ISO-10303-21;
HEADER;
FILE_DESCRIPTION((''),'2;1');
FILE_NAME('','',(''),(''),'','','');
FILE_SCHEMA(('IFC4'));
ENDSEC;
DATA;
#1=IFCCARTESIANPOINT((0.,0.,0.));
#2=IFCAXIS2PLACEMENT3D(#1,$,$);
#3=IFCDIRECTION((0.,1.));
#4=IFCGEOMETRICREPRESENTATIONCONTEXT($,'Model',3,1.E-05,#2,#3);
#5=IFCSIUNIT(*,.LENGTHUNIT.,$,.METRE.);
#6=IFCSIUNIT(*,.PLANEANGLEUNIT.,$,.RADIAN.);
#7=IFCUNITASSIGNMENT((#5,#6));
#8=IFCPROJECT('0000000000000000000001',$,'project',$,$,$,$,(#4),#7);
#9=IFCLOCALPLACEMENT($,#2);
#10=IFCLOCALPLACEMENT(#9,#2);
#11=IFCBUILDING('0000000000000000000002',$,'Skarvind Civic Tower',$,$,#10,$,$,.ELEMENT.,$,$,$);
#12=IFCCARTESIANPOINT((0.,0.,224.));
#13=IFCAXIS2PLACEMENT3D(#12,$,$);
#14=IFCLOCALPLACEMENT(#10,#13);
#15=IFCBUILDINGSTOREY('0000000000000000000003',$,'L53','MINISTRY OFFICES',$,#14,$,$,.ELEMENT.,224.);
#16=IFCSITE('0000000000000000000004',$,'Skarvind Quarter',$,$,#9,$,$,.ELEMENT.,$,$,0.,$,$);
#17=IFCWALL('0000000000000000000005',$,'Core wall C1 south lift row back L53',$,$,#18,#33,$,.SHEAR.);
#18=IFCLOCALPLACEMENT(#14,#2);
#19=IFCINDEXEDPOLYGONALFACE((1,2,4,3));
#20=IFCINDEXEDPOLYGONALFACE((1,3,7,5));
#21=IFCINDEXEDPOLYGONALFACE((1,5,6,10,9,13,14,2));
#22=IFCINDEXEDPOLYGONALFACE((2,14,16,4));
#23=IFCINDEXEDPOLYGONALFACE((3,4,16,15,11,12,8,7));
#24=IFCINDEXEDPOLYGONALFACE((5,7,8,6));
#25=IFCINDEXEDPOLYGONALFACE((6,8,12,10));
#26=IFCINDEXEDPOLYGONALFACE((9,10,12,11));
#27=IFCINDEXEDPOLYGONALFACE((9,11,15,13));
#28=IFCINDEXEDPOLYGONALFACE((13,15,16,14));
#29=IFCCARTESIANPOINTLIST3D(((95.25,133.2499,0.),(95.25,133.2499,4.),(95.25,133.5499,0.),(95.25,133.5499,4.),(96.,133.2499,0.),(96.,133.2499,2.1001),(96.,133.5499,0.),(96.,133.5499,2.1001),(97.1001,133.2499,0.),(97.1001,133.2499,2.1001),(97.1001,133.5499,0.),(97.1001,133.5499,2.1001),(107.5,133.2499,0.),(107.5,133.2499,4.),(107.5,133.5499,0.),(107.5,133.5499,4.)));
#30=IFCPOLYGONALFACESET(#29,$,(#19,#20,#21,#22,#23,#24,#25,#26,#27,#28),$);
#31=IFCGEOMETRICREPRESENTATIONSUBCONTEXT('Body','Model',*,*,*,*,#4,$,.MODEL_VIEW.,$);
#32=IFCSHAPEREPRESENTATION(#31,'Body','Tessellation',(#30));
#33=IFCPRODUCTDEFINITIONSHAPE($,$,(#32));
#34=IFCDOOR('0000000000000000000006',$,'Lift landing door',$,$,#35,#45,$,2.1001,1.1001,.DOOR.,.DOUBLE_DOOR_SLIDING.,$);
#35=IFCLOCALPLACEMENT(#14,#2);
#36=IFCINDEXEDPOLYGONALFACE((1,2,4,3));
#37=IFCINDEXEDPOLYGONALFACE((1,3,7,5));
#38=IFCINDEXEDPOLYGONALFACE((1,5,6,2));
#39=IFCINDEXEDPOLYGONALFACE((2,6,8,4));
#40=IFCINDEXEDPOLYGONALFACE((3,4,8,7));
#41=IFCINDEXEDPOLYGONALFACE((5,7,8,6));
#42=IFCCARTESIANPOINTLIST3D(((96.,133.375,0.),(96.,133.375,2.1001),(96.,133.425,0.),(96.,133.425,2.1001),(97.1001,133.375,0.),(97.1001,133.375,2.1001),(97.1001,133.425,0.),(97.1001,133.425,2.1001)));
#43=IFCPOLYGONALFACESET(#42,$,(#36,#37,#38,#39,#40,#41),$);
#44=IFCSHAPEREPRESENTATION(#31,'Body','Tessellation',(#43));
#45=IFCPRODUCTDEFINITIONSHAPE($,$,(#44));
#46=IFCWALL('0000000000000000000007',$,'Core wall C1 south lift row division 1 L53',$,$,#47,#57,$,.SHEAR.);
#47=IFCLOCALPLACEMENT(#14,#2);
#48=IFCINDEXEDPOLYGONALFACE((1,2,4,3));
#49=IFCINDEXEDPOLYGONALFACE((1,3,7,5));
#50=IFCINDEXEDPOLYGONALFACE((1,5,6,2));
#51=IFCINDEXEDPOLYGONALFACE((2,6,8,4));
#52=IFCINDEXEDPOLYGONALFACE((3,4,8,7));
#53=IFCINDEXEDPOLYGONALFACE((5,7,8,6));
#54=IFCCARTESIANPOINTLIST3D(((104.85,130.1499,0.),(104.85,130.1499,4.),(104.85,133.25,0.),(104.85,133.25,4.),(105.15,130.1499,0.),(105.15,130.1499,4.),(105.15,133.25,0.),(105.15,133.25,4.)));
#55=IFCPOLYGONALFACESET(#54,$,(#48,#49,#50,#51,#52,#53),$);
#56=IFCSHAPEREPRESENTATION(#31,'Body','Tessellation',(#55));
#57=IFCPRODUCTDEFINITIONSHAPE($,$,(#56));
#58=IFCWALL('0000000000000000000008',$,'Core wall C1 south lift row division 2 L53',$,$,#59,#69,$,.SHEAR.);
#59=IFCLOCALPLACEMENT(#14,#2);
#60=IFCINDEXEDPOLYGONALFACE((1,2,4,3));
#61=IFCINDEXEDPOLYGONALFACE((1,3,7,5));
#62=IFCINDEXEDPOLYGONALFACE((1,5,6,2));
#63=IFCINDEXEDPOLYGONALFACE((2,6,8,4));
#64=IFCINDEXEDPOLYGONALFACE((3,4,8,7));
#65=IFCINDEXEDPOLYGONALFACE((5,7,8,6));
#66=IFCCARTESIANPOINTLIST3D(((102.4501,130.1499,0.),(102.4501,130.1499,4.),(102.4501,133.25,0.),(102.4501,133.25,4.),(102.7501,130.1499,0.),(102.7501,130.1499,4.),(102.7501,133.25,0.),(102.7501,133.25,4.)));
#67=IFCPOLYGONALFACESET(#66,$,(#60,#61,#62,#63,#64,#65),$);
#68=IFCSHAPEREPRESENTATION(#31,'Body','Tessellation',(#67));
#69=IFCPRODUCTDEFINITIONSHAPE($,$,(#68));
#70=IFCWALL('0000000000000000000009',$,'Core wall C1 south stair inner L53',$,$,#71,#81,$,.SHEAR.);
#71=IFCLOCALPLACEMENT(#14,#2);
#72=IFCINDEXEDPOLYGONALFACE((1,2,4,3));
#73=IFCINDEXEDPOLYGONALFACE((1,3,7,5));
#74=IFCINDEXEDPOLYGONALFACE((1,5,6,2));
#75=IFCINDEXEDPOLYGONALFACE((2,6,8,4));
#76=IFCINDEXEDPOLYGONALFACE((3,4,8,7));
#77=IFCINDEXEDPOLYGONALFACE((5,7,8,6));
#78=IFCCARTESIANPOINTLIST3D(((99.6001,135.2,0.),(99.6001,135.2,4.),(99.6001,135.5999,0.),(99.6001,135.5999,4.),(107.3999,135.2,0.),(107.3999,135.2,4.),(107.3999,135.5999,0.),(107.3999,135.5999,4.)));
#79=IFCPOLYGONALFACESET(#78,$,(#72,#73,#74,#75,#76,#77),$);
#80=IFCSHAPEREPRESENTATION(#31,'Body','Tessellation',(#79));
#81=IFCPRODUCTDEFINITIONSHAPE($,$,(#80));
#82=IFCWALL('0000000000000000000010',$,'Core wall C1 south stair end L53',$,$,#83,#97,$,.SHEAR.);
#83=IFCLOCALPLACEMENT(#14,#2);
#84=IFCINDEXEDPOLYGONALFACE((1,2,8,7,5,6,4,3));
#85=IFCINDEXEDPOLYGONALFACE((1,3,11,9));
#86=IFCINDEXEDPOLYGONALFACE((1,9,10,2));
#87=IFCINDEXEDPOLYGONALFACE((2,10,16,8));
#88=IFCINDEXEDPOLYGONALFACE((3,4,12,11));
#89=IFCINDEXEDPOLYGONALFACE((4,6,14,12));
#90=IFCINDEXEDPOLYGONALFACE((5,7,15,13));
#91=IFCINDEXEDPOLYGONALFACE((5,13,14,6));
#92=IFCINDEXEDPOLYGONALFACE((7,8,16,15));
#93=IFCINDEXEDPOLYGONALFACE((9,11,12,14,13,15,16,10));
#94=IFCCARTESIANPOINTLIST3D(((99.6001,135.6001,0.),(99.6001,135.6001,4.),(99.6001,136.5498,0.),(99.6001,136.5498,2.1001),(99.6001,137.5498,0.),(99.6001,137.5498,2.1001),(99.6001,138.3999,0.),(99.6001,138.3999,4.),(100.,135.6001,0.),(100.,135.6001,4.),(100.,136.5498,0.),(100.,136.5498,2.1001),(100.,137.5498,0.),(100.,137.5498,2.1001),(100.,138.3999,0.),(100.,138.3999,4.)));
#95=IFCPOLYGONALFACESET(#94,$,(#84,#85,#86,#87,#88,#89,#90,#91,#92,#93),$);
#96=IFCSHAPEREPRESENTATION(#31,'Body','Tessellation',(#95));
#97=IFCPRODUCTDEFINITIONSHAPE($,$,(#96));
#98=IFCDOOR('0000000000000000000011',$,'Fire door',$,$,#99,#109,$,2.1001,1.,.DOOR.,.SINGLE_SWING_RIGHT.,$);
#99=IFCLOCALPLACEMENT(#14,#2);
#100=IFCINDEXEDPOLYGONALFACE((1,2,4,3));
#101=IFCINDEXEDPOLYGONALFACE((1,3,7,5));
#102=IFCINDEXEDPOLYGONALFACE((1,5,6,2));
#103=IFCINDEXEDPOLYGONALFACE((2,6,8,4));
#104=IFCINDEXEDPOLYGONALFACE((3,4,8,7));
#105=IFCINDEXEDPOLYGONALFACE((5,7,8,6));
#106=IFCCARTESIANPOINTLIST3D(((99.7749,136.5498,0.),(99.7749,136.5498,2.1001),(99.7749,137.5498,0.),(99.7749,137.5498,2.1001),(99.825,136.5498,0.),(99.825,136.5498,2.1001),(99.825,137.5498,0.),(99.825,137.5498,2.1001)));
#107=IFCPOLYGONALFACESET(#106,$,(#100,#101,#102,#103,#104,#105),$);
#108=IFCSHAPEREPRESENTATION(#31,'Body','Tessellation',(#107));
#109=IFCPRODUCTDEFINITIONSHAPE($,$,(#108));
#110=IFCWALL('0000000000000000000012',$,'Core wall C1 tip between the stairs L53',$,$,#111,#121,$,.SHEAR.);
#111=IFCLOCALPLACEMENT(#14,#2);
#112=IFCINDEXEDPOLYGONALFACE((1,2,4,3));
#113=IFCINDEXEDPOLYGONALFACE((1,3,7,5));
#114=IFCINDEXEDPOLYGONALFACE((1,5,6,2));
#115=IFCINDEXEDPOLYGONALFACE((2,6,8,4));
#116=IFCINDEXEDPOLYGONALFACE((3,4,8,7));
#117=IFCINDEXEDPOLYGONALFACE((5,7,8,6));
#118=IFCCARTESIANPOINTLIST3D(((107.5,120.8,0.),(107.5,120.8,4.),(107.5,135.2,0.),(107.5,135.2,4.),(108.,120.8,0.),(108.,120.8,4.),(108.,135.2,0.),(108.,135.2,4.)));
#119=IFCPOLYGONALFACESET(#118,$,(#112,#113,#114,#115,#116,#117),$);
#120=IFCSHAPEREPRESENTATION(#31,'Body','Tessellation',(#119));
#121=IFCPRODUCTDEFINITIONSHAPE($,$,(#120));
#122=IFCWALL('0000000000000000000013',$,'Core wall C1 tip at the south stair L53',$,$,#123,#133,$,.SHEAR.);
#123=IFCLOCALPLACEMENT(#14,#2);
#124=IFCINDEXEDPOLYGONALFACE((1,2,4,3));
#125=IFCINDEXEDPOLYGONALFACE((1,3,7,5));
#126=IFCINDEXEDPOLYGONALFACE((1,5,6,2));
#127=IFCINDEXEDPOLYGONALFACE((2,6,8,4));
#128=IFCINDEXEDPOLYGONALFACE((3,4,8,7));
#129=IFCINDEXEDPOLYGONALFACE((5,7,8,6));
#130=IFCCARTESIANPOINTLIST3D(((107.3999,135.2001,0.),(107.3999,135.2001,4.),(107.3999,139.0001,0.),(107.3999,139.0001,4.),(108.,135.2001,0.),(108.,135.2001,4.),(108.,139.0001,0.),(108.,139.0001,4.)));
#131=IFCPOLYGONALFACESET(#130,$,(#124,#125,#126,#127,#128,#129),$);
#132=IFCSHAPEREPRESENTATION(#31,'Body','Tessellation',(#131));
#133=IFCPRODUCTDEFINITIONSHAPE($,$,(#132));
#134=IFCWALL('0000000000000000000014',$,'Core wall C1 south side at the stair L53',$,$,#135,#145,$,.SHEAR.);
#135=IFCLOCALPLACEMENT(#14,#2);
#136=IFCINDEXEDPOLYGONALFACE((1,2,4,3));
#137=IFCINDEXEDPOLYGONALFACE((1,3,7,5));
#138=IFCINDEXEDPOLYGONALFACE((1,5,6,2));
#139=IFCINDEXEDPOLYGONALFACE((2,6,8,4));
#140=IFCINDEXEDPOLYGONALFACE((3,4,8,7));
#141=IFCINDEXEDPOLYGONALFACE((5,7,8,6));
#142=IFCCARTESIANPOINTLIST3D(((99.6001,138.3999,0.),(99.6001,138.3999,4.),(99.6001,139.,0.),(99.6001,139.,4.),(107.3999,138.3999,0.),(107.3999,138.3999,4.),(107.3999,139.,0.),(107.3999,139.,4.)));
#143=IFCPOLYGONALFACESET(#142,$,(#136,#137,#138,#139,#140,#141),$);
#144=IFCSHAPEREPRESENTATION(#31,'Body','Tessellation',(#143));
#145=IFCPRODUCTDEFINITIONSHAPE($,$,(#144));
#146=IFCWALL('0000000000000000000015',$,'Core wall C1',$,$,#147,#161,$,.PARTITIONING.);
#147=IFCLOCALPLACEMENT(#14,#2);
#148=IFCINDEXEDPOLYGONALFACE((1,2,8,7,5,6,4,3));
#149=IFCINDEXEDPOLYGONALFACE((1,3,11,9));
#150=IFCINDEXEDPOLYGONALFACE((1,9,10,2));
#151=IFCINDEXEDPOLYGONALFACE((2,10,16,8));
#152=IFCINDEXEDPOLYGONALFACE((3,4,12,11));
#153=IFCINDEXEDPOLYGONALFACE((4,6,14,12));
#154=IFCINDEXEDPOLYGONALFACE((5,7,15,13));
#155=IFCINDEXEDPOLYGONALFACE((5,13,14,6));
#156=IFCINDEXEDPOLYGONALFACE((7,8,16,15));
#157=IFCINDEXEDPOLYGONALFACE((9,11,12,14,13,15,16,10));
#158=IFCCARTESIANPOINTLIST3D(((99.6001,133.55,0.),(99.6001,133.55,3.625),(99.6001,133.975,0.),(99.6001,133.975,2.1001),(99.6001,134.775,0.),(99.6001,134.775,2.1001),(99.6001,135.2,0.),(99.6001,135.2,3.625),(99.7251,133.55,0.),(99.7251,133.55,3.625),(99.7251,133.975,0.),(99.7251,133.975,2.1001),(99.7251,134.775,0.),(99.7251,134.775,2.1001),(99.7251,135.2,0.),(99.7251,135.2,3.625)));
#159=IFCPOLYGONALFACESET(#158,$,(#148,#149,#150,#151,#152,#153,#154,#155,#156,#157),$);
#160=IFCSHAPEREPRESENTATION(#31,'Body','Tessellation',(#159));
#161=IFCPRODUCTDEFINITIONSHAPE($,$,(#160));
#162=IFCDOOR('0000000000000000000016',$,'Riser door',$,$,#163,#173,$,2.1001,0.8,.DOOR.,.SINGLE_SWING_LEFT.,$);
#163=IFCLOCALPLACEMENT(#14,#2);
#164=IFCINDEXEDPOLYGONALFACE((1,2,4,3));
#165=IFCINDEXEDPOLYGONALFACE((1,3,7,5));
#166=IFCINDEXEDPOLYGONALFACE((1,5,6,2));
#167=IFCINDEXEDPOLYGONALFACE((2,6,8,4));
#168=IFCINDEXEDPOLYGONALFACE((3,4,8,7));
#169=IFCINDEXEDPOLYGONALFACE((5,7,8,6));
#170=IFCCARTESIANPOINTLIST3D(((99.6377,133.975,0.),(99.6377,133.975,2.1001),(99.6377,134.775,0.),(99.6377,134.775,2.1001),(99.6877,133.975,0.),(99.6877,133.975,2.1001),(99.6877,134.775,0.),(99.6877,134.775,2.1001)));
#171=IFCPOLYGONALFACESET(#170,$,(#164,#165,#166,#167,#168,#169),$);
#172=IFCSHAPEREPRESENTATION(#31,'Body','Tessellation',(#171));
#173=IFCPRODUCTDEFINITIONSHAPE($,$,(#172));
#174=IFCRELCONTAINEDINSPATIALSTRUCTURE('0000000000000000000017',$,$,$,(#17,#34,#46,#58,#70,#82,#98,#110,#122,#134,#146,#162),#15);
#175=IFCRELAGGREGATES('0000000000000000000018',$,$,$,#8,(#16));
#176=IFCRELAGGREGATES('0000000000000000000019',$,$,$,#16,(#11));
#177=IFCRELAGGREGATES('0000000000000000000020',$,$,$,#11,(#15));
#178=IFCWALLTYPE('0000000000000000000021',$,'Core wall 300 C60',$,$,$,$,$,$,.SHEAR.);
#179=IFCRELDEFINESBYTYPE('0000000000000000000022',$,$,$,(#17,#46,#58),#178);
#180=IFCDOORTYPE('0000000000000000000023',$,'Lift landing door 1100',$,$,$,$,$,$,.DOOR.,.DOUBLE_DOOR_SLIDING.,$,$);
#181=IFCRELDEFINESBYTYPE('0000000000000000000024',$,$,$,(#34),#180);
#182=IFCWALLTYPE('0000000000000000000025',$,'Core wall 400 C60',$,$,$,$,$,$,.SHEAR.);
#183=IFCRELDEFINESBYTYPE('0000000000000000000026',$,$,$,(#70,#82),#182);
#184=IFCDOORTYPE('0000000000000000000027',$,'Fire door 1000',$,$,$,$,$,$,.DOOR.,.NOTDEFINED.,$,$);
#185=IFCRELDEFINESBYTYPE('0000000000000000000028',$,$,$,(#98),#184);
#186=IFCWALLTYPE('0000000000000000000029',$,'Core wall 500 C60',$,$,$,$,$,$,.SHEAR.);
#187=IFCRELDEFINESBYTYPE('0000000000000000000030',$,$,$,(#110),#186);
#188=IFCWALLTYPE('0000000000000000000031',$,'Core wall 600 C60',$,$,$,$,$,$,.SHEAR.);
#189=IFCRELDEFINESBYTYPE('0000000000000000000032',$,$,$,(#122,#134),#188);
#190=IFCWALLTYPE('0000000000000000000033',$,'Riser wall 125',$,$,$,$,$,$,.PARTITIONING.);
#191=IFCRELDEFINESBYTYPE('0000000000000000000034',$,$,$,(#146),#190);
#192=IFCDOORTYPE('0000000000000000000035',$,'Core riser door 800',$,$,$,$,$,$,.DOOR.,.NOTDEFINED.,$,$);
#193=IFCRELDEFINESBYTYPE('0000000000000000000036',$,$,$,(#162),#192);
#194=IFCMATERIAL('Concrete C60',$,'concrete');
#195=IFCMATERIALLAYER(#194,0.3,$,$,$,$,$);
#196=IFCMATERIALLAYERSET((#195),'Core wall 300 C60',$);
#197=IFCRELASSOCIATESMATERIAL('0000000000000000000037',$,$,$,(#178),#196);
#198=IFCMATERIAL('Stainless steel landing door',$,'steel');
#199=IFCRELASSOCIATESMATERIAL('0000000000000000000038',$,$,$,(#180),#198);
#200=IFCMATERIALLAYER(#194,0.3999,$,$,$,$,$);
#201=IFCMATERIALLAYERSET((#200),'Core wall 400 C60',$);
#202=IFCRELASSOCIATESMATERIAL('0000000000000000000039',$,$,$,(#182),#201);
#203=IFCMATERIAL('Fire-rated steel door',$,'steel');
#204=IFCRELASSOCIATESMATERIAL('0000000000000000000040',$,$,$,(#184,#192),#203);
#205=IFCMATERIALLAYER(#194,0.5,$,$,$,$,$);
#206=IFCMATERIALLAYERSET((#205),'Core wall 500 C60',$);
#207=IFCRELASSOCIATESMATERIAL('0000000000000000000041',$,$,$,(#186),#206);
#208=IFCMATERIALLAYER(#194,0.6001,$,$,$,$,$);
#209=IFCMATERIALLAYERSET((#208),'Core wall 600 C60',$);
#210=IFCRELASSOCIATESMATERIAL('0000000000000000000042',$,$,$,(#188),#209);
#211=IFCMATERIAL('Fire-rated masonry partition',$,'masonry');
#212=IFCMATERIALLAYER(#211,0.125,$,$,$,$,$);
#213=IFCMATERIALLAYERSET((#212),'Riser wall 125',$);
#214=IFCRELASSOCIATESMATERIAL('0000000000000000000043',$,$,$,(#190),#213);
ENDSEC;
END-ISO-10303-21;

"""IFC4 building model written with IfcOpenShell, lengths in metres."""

from ifc_helpers import new_model, si_unit, direction, frame, frame_2d, origin, place, context, subcontext, project, spatial, rectangle, extrude, material, layer, layer_set, type_object, element, fill, save


model = new_model("IFC4")

# Units and contexts
model_context = context("Model", 3, precision=1e-05, world=origin(), true_north=direction((0.0, 1.0)))
body_context = subcontext(model_context, "Body", "Model", "MODEL_VIEW")
ifc_project = project(units=[si_unit("LENGTHUNIT", "METRE"), si_unit("PLANEANGLEUNIT", "RADIAN")], contexts=[model_context])

# Site, building, storey
site_placement = place(None, origin())
site = spatial("IfcSite", under=ifc_project, at=site_placement, Name="Skarvind Quarter", CompositionType="ELEMENT", RefElevation=0.0)
building_placement = place(site_placement, origin())
building = spatial("IfcBuilding", under=site, at=building_placement, Name="Skarvind Civic Tower", CompositionType="ELEMENT")
storey_placement = place(building_placement, frame((0.0, 0.0, 224.0)))
storey = spatial("IfcBuildingStorey", under=building, at=storey_placement, Name="L53", Description="MINISTRY OFFICES", CompositionType="ELEMENT", Elevation=224.0)

# Wall, opening, door
ifc_material_1 = material(Name="Concrete C60", Category="concrete")
ifc_layer_1 = layer(ifc_material_1, 0.3)
ifc_layer_set_1 = layer_set([ifc_layer_1], Name="Core wall 300 C60")
wall_type_1 = type_object("IfcWallType", Name="Core wall 300 C60", PredefinedType="SHEAR", material=ifc_layer_set_1)
wall_1_placement = place(storey_placement, frame((107.5, 133.3999, 0.0), z_axis=(0.0, 0.0, 1.0), x_axis=(-1.0, 0.0, 0.0)))
wall_1 = element("IfcWall", 1, at=wall_1_placement, inside=storey, type_object=wall_type_1, Name="Core wall C1 south lift row back L53", PredefinedType="SHEAR", context=body_context, shape_type="SweptSolid", body=[
    extrude(rectangle(XDim=12.25, YDim=0.3, at=frame_2d((6.125, 0.0))), origin(), (0.0, 0.0, 1.0), 4.0),
])
opening_1_placement = place(wall_1_placement, frame((10.3999, 0.0, 0.0)))
opening_1 = element("IfcOpeningElement", 2, at=opening_1_placement, cuts=wall_1, PredefinedType="OPENING", context=body_context, shape_type="SweptSolid", body=[
    extrude(rectangle(XDim=1.1001, YDim=2.1001, at=frame_2d((0.55, 1.05))), frame((0.0, 0.1599, 0.0), z_axis=(0.0, -1.0, 0.0), x_axis=(1.0, 0.0, 0.0)), (0.0, 0.0, 1.0), 0.3201),
])
ifc_material_2 = material(Name="Stainless steel landing door", Category="steel")
door_type_1 = type_object("IfcDoorType", Name="Lift landing door 1100", OperationType="DOUBLE_DOOR_SLIDING", PredefinedType="DOOR", material=ifc_material_2)
door_1_placement = place(opening_1_placement, origin())
door_1 = element("IfcDoor", 3, at=door_1_placement, inside=storey, type_object=door_type_1, Name="Lift landing door", OperationType="DOUBLE_DOOR_SLIDING", OverallHeight=2.1001, OverallWidth=1.1001, PredefinedType="DOOR", context=body_context, shape_type="SweptSolid", body=[
    extrude(rectangle(XDim=1.1001, YDim=2.1001, at=frame_2d((0.55, 1.05))), frame((0.0, 0.0249, 0.0), z_axis=(0.0, -1.0, 0.0), x_axis=(1.0, 0.0, 0.0)), (0.0, 0.0, 1.0), 0.05),
])
fill(opening_1, door_1)

# Walls
for number, where, z_axis, x_axis, name in (
    (4, (105.0, 133.25, 0.0), (0.0, 0.0, 1.0), (0.0, -1.0, 0.0), "Core wall C1 south lift row division 1 L53"),
    (5, (102.6001, 133.25, 0.0), (0.0, 0.0, 1.0), (0.0, -1.0, 0.0), "Core wall C1 south lift row division 2 L53"),
):
    element("IfcWall", number, at=place(storey_placement, frame(where, z_axis=z_axis, x_axis=x_axis)), inside=storey, type_object=wall_type_1, Name=name, PredefinedType="SHEAR", context=body_context, shape_type="SweptSolid", body=[
        extrude(rectangle(XDim=3.1001, YDim=0.3, at=frame_2d((1.55, 0.0))), origin(), (0.0, 0.0, 1.0), 4.0),
    ])
ifc_layer_2 = layer(ifc_material_1, 0.3999)
ifc_layer_set_2 = layer_set([ifc_layer_2], Name="Core wall 400 C60")
wall_type_2 = type_object("IfcWallType", Name="Core wall 400 C60", PredefinedType="SHEAR", material=ifc_layer_set_2)
wall_2_placement = place(storey_placement, frame((107.3999, 135.3999, 0.0), z_axis=(0.0, 0.0, 1.0), x_axis=(-1.0, 0.0, 0.0)))
element("IfcWall", 6, at=wall_2_placement, inside=storey, type_object=wall_type_2, Name="Core wall C1 south stair inner L53", PredefinedType="SHEAR", context=body_context, shape_type="SweptSolid", body=[
    extrude(rectangle(XDim=7.7998, YDim=0.3999, at=frame_2d((3.8999, 0.0))), origin(), (0.0, 0.0, 1.0), 4.0),
])

# Wall, opening, door
wall_3_placement = place(storey_placement, frame((99.8, 138.3999, 0.0), z_axis=(0.0, 0.0, 1.0), x_axis=(0.0, -1.0, 0.0)))
wall_3 = element("IfcWall", 7, at=wall_3_placement, inside=storey, type_object=wall_type_2, Name="Core wall C1 south stair end L53", PredefinedType="SHEAR", context=body_context, shape_type="SweptSolid", body=[
    extrude(rectangle(XDim=2.7998, YDim=0.3999, at=frame_2d((1.3999, 0.0))), origin(), (0.0, 0.0, 1.0), 4.0),
])
opening_2_placement = place(wall_3_placement, frame((0.8501, 0.0, 0.0)))
opening_2 = element("IfcOpeningElement", 8, at=opening_2_placement, cuts=wall_3, PredefinedType="OPENING", context=body_context, shape_type="SweptSolid", body=[
    extrude(rectangle(XDim=1.0, YDim=2.1001, at=frame_2d((0.5, 1.05))), frame((0.0, 0.21, 0.0), z_axis=(0.0, -1.0, 0.0), x_axis=(1.0, 0.0, 0.0)), (0.0, 0.0, 1.0), 0.4199),
])
ifc_material_3 = material(Name="Fire-rated steel door", Category="steel")
door_type_2 = type_object("IfcDoorType", Name="Fire door 1000", OperationType="NOTDEFINED", PredefinedType="DOOR", material=ifc_material_3)
door_2_placement = place(opening_2_placement, origin())
door_2 = element("IfcDoor", 9, at=door_2_placement, inside=storey, type_object=door_type_2, Name="Fire door", OperationType="SINGLE_SWING_RIGHT", OverallHeight=2.1001, OverallWidth=1.0, PredefinedType="DOOR", context=body_context, shape_type="SweptSolid", body=[
    extrude(rectangle(XDim=1.0, YDim=2.1001, at=frame_2d((0.5, 1.05))), frame((0.0, 0.0249, 0.0), z_axis=(0.0, -1.0, 0.0), x_axis=(1.0, 0.0, 0.0)), (0.0, 0.0, 1.0), 0.05),
])
fill(opening_2, door_2)

# Walls
ifc_layer_3 = layer(ifc_material_1, 0.5)
ifc_layer_set_3 = layer_set([ifc_layer_3], Name="Core wall 500 C60")
wall_type_3 = type_object("IfcWallType", Name="Core wall 500 C60", PredefinedType="SHEAR", material=ifc_layer_set_3)
wall_4_placement = place(storey_placement, frame((107.75, 135.2, 0.0), z_axis=(0.0, 0.0, 1.0), x_axis=(0.0, -1.0, 0.0)))
element("IfcWall", 10, at=wall_4_placement, inside=storey, type_object=wall_type_3, Name="Core wall C1 tip between the stairs L53", PredefinedType="SHEAR", context=body_context, shape_type="SweptSolid", body=[
    extrude(rectangle(XDim=14.3999, YDim=0.5, at=frame_2d((7.2, 0.0))), origin(), (0.0, 0.0, 1.0), 4.0),
])
ifc_layer_4 = layer(ifc_material_1, 0.6001)
ifc_layer_set_4 = layer_set([ifc_layer_4], Name="Core wall 600 C60")
wall_type_4 = type_object("IfcWallType", Name="Core wall 600 C60", PredefinedType="SHEAR", material=ifc_layer_set_4)
wall_5_placement = place(storey_placement, frame((107.7, 139.0, 0.0), z_axis=(0.0, 0.0, 1.0), x_axis=(0.0, -1.0, 0.0)))
element("IfcWall", 11, at=wall_5_placement, inside=storey, type_object=wall_type_4, Name="Core wall C1 tip at the south stair L53", PredefinedType="SHEAR", context=body_context, shape_type="SweptSolid", body=[
    extrude(rectangle(XDim=3.8, YDim=0.6001, at=frame_2d((1.8999, 0.0))), origin(), (0.0, 0.0, 1.0), 4.0),
])
wall_6_placement = place(storey_placement, frame((107.3999, 138.7, 0.0), z_axis=(0.0, 0.0, 1.0), x_axis=(-1.0, 0.0, 0.0)))
element("IfcWall", 12, at=wall_6_placement, inside=storey, type_object=wall_type_4, Name="Core wall C1 south side at the stair L53", PredefinedType="SHEAR", context=body_context, shape_type="SweptSolid", body=[
    extrude(rectangle(XDim=7.7998, YDim=0.6001, at=frame_2d((3.8999, 0.0))), origin(), (0.0, 0.0, 1.0), 4.0),
])

# Wall, opening, door
ifc_material_4 = material(Name="Fire-rated masonry partition", Category="masonry")
ifc_layer_5 = layer(ifc_material_4, 0.125)
ifc_layer_set_5 = layer_set([ifc_layer_5], Name="Riser wall 125")
wall_type_5 = type_object("IfcWallType", Name="Riser wall 125", PredefinedType="PARTITIONING", material=ifc_layer_set_5)
wall_7_placement = place(storey_placement, frame((99.6626, 133.55, 0.0), z_axis=(0.0, 0.0, 1.0), x_axis=(0.0, 1.0, 0.0)))
wall_7 = element("IfcWall", 13, at=wall_7_placement, inside=storey, type_object=wall_type_5, Name="Core wall C1", PredefinedType="PARTITIONING", context=body_context, shape_type="SweptSolid", body=[
    extrude(rectangle(XDim=1.6499, YDim=0.125, at=frame_2d((0.825, 0.0))), origin(), (0.0, 0.0, 1.0), 3.625),
])
opening_3_placement = place(wall_7_placement, frame((0.425, 0.0, 0.0)))
opening_3 = element("IfcOpeningElement", 14, at=opening_3_placement, cuts=wall_7, PredefinedType="OPENING", context=body_context, shape_type="SweptSolid", body=[
    extrude(rectangle(XDim=0.8, YDim=2.1001, at=frame_2d((0.3999, 1.05))), frame((0.0, 0.0725, 0.0), z_axis=(0.0, -1.0, 0.0), x_axis=(1.0, 0.0, 0.0)), (0.0, 0.0, 1.0), 0.145),
])
door_type_3 = type_object("IfcDoorType", Name="Core riser door 800", OperationType="NOTDEFINED", PredefinedType="DOOR", material=ifc_material_3)
door_3_placement = place(opening_3_placement, origin())
door_3 = element("IfcDoor", 15, at=door_3_placement, inside=storey, type_object=door_type_3, Name="Riser door", OperationType="SINGLE_SWING_LEFT", OverallHeight=2.1001, OverallWidth=0.8, PredefinedType="DOOR", context=body_context, shape_type="SweptSolid", body=[
    extrude(rectangle(XDim=0.8, YDim=2.1001, at=frame_2d((0.3999, 1.05))), frame((0.0, 0.0249, 0.0), z_axis=(0.0, -1.0, 0.0), x_axis=(1.0, 0.0, 0.0)), (0.0, 0.0, 1.0), 0.05),
])
fill(opening_3, door_3)

save(model, "model.ifc")
